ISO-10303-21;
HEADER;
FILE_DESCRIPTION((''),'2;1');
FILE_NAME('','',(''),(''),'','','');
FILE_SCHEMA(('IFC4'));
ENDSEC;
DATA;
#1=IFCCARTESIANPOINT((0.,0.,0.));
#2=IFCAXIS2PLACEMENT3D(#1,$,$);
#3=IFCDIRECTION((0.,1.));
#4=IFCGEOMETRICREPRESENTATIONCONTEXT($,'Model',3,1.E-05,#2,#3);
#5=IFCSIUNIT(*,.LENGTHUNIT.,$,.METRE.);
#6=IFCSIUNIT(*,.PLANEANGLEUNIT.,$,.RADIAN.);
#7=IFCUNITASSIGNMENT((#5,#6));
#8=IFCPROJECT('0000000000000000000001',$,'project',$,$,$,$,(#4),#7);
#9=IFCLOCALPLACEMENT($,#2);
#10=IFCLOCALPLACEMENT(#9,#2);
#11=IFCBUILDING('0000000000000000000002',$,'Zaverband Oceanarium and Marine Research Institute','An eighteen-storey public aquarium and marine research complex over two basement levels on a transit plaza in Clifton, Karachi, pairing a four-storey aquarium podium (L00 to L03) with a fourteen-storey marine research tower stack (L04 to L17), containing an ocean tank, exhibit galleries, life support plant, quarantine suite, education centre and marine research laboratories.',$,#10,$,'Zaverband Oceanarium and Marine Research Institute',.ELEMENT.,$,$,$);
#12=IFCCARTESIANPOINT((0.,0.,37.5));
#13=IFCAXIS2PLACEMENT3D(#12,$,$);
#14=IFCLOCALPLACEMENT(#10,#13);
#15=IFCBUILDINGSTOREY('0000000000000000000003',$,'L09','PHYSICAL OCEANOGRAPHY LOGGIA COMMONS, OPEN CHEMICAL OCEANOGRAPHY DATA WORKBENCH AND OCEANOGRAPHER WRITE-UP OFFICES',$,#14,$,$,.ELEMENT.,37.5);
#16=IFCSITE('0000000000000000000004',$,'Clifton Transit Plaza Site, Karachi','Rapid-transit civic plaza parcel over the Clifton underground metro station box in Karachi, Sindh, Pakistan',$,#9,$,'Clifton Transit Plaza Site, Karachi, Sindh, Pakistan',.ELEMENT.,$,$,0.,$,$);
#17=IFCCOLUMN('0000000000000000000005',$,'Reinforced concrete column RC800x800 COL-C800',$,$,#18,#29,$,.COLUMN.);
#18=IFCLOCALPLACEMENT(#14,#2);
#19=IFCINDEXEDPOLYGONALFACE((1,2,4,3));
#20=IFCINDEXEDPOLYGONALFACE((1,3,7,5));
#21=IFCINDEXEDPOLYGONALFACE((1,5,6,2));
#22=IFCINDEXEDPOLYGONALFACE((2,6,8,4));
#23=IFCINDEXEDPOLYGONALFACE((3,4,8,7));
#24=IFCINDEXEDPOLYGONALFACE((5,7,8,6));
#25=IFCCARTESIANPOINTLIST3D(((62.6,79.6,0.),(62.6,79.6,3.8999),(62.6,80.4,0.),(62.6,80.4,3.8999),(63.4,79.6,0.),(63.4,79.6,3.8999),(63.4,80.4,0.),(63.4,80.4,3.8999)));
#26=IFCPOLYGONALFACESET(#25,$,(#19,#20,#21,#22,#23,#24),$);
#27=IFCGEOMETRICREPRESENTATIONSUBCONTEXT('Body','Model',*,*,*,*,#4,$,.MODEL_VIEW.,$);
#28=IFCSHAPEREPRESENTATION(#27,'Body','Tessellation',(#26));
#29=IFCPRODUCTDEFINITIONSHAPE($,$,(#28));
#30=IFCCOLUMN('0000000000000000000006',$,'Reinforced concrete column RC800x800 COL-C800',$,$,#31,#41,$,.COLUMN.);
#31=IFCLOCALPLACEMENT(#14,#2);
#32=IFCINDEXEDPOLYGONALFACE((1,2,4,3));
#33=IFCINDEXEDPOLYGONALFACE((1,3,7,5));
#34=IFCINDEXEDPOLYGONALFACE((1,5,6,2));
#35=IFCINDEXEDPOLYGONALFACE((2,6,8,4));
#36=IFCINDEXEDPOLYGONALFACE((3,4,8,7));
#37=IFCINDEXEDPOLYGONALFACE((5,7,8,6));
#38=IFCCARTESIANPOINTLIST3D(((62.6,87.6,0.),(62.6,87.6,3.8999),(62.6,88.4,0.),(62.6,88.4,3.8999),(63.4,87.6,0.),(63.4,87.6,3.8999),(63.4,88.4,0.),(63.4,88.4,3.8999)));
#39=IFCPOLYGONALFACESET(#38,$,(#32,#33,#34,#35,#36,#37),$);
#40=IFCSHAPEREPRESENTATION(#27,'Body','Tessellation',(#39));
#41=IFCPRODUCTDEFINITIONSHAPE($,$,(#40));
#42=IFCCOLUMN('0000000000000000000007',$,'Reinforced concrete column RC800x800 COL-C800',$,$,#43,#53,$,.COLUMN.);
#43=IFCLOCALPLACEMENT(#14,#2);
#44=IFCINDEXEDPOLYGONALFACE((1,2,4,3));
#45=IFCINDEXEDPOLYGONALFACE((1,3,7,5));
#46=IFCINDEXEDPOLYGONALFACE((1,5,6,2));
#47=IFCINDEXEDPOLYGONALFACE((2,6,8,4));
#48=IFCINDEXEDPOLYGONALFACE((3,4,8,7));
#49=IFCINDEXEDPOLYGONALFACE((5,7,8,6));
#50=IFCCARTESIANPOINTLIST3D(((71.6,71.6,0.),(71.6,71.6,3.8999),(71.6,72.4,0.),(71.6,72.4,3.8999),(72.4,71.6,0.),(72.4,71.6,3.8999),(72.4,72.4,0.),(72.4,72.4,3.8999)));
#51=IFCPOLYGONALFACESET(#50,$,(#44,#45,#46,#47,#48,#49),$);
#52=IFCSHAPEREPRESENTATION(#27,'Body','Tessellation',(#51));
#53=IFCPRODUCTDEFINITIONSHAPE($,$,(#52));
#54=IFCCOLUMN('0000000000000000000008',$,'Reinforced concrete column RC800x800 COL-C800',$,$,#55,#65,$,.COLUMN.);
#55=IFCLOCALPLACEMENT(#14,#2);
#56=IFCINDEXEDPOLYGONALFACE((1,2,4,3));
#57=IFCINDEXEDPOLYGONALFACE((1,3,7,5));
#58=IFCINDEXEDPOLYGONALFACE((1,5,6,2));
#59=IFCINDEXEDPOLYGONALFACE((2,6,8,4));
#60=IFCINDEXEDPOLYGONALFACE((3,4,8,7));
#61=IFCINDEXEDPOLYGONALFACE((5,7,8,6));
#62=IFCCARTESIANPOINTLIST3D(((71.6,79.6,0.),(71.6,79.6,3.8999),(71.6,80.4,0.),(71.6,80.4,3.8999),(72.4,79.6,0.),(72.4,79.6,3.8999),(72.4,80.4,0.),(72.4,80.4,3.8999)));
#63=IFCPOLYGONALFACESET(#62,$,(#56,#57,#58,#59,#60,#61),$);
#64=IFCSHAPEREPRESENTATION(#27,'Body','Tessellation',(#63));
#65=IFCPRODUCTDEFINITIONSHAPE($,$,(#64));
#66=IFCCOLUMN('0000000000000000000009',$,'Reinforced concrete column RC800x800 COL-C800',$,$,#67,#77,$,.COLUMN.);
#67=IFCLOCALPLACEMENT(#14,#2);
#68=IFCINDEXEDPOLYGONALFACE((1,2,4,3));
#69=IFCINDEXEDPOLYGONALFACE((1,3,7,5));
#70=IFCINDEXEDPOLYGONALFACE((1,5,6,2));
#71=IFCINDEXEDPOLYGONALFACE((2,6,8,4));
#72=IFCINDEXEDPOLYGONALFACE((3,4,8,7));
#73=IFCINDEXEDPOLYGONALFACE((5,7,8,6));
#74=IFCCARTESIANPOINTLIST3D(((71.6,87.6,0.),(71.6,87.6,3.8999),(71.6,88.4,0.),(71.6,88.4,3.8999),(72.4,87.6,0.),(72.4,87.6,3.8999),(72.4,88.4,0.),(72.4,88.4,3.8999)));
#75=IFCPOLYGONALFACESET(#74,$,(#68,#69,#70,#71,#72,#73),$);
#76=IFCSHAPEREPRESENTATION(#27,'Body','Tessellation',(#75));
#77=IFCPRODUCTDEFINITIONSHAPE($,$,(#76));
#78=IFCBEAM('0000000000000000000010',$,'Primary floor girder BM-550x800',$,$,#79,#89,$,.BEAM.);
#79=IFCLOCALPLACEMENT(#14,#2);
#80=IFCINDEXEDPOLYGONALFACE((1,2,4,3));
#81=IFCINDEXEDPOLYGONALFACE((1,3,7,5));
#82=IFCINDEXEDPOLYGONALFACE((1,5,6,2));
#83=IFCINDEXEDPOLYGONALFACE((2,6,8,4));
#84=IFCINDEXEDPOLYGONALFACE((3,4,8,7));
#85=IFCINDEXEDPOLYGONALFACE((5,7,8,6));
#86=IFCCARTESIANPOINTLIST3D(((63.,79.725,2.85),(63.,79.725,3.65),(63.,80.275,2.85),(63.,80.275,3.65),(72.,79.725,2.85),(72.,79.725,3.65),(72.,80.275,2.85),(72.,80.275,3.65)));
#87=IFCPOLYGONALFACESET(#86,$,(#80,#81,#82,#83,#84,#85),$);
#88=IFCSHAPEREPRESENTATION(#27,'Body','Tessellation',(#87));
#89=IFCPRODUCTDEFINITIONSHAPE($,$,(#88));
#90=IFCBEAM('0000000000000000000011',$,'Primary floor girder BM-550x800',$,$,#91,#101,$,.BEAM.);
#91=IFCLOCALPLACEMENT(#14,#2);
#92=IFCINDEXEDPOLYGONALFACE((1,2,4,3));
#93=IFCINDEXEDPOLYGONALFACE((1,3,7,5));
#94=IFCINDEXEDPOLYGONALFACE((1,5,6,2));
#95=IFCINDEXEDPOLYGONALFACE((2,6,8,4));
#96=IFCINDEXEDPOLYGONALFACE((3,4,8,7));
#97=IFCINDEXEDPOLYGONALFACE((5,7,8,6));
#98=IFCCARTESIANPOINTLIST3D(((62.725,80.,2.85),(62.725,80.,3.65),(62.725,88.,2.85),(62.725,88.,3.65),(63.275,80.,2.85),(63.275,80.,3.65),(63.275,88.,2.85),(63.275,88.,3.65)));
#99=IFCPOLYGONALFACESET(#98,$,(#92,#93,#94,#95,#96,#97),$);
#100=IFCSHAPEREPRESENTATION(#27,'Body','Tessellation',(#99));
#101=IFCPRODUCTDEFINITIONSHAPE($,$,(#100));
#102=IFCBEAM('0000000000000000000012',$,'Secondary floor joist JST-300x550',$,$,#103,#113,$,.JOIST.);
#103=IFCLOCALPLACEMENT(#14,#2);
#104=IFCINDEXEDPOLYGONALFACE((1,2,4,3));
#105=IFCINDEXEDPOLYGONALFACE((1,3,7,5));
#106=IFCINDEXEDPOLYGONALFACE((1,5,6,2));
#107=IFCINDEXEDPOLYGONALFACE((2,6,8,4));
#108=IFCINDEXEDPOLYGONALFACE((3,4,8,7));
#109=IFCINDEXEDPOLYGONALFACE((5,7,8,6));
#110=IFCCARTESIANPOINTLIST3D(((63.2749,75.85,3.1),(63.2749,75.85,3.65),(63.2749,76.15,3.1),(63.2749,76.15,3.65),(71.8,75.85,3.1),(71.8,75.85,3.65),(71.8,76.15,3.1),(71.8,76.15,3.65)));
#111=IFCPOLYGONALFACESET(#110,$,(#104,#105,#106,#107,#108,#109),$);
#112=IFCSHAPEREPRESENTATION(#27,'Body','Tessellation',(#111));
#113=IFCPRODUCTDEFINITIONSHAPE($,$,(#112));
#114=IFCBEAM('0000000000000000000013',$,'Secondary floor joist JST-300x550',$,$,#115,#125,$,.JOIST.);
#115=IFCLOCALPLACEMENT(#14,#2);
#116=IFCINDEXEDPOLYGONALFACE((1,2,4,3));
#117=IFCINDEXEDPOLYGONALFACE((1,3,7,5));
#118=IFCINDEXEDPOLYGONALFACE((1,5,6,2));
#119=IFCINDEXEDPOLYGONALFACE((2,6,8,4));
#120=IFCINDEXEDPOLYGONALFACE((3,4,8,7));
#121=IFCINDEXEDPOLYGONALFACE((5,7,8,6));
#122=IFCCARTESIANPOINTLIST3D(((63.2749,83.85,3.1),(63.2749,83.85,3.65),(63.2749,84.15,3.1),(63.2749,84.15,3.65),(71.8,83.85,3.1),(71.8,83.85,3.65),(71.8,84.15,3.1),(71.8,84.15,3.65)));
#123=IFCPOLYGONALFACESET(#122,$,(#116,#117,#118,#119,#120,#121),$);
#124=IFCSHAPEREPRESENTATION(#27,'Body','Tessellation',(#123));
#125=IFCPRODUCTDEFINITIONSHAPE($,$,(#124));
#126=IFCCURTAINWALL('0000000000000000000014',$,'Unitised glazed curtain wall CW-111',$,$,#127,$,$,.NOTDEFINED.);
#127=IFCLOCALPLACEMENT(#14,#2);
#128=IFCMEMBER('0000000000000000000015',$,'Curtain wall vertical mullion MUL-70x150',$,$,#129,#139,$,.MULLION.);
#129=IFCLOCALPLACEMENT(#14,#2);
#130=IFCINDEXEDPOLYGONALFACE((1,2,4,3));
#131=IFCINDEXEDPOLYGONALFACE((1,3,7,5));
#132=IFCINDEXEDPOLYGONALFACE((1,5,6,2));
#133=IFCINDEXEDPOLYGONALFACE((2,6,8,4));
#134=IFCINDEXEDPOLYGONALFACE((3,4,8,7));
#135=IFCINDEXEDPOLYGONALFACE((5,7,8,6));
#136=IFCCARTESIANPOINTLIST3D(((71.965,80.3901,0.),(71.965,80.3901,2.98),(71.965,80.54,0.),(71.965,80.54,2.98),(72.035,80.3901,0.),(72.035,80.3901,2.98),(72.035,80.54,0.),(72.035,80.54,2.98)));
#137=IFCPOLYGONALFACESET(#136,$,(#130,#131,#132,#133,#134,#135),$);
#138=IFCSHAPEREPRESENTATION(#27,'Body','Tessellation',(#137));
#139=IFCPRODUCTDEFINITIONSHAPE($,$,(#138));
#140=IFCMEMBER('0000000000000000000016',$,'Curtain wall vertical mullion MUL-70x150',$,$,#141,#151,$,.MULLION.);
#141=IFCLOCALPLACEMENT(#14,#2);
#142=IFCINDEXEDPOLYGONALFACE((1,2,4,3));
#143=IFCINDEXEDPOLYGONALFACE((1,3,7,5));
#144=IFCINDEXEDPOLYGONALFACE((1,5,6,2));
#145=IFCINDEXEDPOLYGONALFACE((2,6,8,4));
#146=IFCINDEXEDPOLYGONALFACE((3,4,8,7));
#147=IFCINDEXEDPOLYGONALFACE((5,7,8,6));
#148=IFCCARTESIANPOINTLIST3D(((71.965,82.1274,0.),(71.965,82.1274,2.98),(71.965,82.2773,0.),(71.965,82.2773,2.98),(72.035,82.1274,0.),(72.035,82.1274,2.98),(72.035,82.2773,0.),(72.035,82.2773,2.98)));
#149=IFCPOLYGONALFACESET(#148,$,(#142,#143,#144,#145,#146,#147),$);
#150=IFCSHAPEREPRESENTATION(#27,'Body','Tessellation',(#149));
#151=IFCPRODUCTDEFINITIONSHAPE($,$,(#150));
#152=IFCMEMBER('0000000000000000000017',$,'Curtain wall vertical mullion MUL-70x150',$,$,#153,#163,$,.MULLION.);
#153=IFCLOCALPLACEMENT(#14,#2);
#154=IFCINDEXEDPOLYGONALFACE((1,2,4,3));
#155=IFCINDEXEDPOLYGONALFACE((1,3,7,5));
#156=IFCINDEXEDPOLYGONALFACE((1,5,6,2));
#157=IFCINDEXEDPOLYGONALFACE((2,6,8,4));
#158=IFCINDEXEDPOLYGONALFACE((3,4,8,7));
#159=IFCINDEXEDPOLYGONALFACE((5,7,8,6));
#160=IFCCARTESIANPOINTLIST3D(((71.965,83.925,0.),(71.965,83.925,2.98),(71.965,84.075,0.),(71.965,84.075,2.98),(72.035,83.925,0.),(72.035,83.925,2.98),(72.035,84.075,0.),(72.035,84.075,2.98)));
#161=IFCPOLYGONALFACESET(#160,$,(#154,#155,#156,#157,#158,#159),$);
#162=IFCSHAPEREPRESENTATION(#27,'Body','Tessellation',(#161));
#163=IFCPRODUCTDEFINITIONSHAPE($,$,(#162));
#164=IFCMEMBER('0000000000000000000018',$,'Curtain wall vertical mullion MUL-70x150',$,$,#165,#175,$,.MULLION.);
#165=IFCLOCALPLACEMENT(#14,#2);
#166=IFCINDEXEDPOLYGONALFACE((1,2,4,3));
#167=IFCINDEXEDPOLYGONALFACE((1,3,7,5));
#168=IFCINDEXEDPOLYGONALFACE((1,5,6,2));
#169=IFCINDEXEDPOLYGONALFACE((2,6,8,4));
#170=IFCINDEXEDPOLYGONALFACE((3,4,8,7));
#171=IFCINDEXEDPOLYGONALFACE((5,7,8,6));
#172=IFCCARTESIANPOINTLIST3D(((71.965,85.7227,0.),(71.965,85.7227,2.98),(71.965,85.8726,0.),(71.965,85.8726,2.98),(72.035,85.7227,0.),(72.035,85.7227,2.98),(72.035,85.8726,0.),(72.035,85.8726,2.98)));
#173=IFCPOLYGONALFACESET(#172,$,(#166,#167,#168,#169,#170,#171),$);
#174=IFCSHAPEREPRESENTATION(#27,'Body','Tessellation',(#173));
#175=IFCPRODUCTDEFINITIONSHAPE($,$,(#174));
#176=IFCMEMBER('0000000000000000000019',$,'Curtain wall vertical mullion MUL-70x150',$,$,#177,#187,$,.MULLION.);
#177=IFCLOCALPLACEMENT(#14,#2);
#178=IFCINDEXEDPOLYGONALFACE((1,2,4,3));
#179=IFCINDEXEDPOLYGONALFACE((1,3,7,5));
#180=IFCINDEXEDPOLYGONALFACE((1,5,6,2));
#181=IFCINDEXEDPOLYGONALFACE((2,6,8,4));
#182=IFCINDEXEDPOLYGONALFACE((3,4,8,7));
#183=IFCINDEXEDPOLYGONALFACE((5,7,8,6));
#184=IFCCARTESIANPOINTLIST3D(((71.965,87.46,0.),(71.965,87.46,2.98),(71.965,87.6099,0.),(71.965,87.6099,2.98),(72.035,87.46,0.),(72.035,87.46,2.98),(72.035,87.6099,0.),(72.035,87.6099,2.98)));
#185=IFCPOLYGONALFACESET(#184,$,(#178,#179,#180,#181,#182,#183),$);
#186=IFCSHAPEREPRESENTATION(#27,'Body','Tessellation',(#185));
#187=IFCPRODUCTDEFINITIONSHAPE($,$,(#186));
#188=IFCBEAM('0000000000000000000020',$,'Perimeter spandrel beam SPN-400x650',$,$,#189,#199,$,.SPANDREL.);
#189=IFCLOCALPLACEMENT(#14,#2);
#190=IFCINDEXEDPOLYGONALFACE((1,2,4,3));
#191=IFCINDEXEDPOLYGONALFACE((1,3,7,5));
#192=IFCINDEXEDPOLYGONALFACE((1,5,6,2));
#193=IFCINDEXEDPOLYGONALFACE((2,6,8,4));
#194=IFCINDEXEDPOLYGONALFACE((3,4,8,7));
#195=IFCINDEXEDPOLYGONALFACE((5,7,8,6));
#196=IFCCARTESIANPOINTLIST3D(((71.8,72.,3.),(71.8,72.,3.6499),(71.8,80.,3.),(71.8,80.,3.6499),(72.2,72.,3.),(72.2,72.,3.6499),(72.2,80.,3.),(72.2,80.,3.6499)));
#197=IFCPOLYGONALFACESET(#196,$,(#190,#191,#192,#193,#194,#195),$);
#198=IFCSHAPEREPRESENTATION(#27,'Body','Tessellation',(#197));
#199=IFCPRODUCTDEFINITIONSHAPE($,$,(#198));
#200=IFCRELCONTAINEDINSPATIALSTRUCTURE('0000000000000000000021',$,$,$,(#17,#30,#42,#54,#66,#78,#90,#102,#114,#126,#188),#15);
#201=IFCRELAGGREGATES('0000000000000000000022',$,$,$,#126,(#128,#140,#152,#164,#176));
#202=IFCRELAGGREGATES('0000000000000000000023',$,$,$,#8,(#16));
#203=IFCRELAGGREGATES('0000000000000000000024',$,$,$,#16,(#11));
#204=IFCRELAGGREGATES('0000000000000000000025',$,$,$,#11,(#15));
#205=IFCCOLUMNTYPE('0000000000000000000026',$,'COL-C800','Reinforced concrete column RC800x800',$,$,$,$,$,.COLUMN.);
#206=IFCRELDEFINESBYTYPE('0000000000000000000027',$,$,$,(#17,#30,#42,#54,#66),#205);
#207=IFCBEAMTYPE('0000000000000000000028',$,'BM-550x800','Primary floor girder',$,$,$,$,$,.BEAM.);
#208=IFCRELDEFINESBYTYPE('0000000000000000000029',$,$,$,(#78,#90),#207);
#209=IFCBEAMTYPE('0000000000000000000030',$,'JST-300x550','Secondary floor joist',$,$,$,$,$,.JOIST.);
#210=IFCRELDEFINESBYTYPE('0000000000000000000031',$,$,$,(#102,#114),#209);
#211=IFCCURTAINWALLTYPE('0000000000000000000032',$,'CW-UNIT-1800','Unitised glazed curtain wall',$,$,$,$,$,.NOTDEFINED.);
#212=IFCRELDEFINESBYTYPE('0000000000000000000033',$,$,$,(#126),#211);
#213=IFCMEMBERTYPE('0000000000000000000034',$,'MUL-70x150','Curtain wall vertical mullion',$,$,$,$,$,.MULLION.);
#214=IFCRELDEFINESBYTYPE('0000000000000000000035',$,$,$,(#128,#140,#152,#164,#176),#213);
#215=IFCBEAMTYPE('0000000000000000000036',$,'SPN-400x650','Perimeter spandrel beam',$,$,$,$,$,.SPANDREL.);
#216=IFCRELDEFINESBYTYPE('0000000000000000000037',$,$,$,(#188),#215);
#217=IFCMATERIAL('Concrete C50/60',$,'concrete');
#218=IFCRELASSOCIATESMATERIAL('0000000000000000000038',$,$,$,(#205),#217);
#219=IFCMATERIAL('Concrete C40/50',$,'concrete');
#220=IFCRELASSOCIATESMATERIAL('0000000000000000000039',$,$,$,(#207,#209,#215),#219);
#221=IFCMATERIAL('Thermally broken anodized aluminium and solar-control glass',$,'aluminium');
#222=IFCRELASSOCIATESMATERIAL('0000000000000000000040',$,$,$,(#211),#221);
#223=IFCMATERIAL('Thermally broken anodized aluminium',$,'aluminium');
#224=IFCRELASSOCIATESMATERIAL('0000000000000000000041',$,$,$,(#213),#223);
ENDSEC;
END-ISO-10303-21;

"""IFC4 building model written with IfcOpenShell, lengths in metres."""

from ifc_helpers import new_model, si_unit, direction, frame, origin, origin_2d, place, context, subcontext, project, spatial, rectangle, extrude, material, material_profile, profile_set, type_object, element, aggregate, save


model = new_model("IFC4")

# Units and contexts
model_context = context("Model", 3, precision=1e-05, world=origin(), true_north=direction((0.0, 1.0)))
body_context = subcontext(model_context, "Body", "Model", "MODEL_VIEW")
ifc_project = project(units=[si_unit("LENGTHUNIT", "METRE"), si_unit("PLANEANGLEUNIT", "RADIAN")], contexts=[model_context])

# Site, building, storey
site_placement = place(None, origin())
site = spatial("IfcSite", under=ifc_project, at=site_placement, Name="Clifton Transit Plaza Site, Karachi", Description="Rapid-transit civic plaza parcel over the Clifton underground metro station box in Karachi, Sindh, Pakistan", LongName="Clifton Transit Plaza Site, Karachi, Sindh, Pakistan", CompositionType="ELEMENT", RefElevation=0.0)
building_placement = place(site_placement, origin())
building = spatial("IfcBuilding", under=site, at=building_placement, Name="Zaverband Oceanarium and Marine Research Institute", Description="An eighteen-storey public aquarium and marine research complex over two basement levels on a transit plaza in Clifton, Karachi, pairing a four-storey aquarium podium (L00 to L03) with a fourteen-storey marine research tower stack (L04 to L17), containing an ocean tank, exhibit galleries, life support plant, quarantine suite, education centre and marine research laboratories.", LongName="Zaverband Oceanarium and Marine Research Institute", CompositionType="ELEMENT")
storey_placement = place(building_placement, frame((0.0, 0.0, 37.5)))
storey = spatial("IfcBuildingStorey", under=building, at=storey_placement, Name="L09", Description="PHYSICAL OCEANOGRAPHY LOGGIA COMMONS, OPEN CHEMICAL OCEANOGRAPHY DATA WORKBENCH AND OCEANOGRAPHER WRITE-UP OFFICES", CompositionType="ELEMENT", Elevation=37.5)

# Columns
ifc_material_1 = material(Name="Concrete C50/60", Category="concrete")
ifc_material_profile_1 = material_profile(ifc_material_1, rectangle(XDim=0.8, YDim=0.8, at=origin_2d()), Name="RC800x800")
ifc_profile_set_1 = profile_set([ifc_material_profile_1], Name="Concrete C50/60")
column_type = type_object("IfcColumnType", Name="COL-C800", Description="Reinforced concrete column RC800x800", PredefinedType="COLUMN", material=ifc_profile_set_1)
for number, where, z_axis, x_axis, name in (
    (1, (63.0, 80.0, 0.0), (0.0, 0.0, 1.0), (1.0, 0.0, 0.0), "Reinforced concrete column RC800x800 COL-C800"),
    (2, (63.0, 88.0, 0.0), (0.0, 0.0, 1.0), (1.0, 0.0, 0.0), "Reinforced concrete column RC800x800 COL-C800"),
    (3, (72.0, 72.0, 0.0), (0.0, 0.0, 1.0), (1.0, 0.0, 0.0), "Reinforced concrete column RC800x800 COL-C800"),
    (4, (72.0, 80.0, 0.0), (0.0, 0.0, 1.0), (1.0, 0.0, 0.0), "Reinforced concrete column RC800x800 COL-C800"),
    (5, (72.0, 88.0, 0.0), (0.0, 0.0, 1.0), (1.0, 0.0, 0.0), "Reinforced concrete column RC800x800 COL-C800"),
):
    element("IfcColumn", number, at=place(storey_placement, frame(where, z_axis=z_axis, x_axis=x_axis)), inside=storey, type_object=column_type, Name=name, PredefinedType="COLUMN", context=body_context, shape_type="SweptSolid", body=[
        extrude(rectangle(XDim=0.8, YDim=0.8, at=origin_2d()), origin(), (0.0, 0.0, 1.0), 3.8999),
    ])

# Beams
ifc_material_2 = material(Name="Concrete C40/50", Category="concrete")
ifc_material_profile_2 = material_profile(ifc_material_2, rectangle(XDim=0.55, YDim=0.8, at=origin_2d()), Name="RC550x800")
ifc_profile_set_2 = profile_set([ifc_material_profile_2], Name="Concrete C40/50")
beam_type_1 = type_object("IfcBeamType", Name="BM-550x800", Description="Primary floor girder", PredefinedType="BEAM", material=ifc_profile_set_2)
beam_1_placement = place(storey_placement, frame((63.0, 80.0, 3.25), z_axis=(1.0, 0.0, 0.0), x_axis=(0.0, 1.0, 0.0)))
element("IfcBeam", 6, at=beam_1_placement, inside=storey, type_object=beam_type_1, Name="Primary floor girder BM-550x800", PredefinedType="BEAM", context=body_context, shape_type="SweptSolid", body=[
    extrude(rectangle(XDim=0.55, YDim=0.8, at=origin_2d()), origin(), (0.0, 0.0, 1.0), 9.0),
])
beam_2_placement = place(storey_placement, frame((63.0, 80.0, 3.25), z_axis=(0.0, 1.0, 0.0), x_axis=(-1.0, 0.0, 0.0)))
element("IfcBeam", 7, at=beam_2_placement, inside=storey, type_object=beam_type_1, Name="Primary floor girder BM-550x800", PredefinedType="BEAM", context=body_context, shape_type="SweptSolid", body=[
    extrude(rectangle(XDim=0.55, YDim=0.8, at=origin_2d()), origin(), (0.0, 0.0, 1.0), 8.0),
])
ifc_material_profile_3 = material_profile(ifc_material_2, rectangle(XDim=0.3, YDim=0.55, at=origin_2d()), Name="RC300x550")
ifc_profile_set_3 = profile_set([ifc_material_profile_3], Name="Concrete C40/50")
beam_type_2 = type_object("IfcBeamType", Name="JST-300x550", Description="Secondary floor joist", PredefinedType="JOIST", material=ifc_profile_set_3)
for number, where, z_axis, x_axis, name in (
    (8, (63.2749, 76.0, 3.375), (1.0, 0.0, 0.0), (0.0, 1.0, 0.0), "Secondary floor joist JST-300x550"),
    (9, (63.2749, 84.0, 3.375), (1.0, 0.0, 0.0), (0.0, 1.0, 0.0), "Secondary floor joist JST-300x550"),
):
    element("IfcBeam", number, at=place(storey_placement, frame(where, z_axis=z_axis, x_axis=x_axis)), inside=storey, type_object=beam_type_2, Name=name, PredefinedType="JOIST", context=body_context, shape_type="SweptSolid", body=[
        extrude(rectangle(XDim=0.3, YDim=0.55, at=origin_2d()), origin(), (0.0, 0.0, 1.0), 8.5251),
    ])

# Curtain wall, members
ifc_material_3 = material(Name="Thermally broken anodized aluminium and solar-control glass", Category="aluminium")
curtain_wall_type = type_object("IfcCurtainWallType", Name="CW-UNIT-1800", Description="Unitised glazed curtain wall", PredefinedType="NOTDEFINED", material=ifc_material_3)
curtain_wall_placement = place(storey_placement, origin())
curtain_wall = element("IfcCurtainWall", 10, at=curtain_wall_placement, inside=storey, type_object=curtain_wall_type, Name="Unitised glazed curtain wall CW-111", PredefinedType="NOTDEFINED")
ifc_material_4 = material(Name="Thermally broken anodized aluminium", Category="aluminium")
ifc_material_profile_4 = material_profile(ifc_material_4, rectangle(XDim=0.0701, YDim=0.1499, at=origin_2d()), Name="AL-MUL-70x150")
ifc_profile_set_4 = profile_set([ifc_material_profile_4], Name="Thermally broken anodized aluminium")
member_type_1 = type_object("IfcMemberType", Name="MUL-70x150", Description="Curtain wall vertical mullion", PredefinedType="MULLION", material=ifc_profile_set_4)
member_1_placement = place(storey_placement, frame((72.0, 80.4651, 0.0), z_axis=(0.0, 0.0, 1.0), x_axis=(1.0, 0.0, 0.0)))
member_1 = element("IfcMember", 11, at=member_1_placement, type_object=member_type_1, Name="Curtain wall vertical mullion MUL-70x150", PredefinedType="MULLION", context=body_context, shape_type="SweptSolid", body=[
    extrude(rectangle(XDim=0.0701, YDim=0.1499, at=origin_2d()), origin(), (0.0, 0.0, 1.0), 2.98),
])
member_2_placement = place(storey_placement, frame((72.0, 82.2024, 0.0), z_axis=(0.0, 0.0, 1.0), x_axis=(1.0, 0.0, 0.0)))
member_2 = element("IfcMember", 12, at=member_2_placement, type_object=member_type_1, Name="Curtain wall vertical mullion MUL-70x150", PredefinedType="MULLION", context=body_context, shape_type="SweptSolid", body=[
    extrude(rectangle(XDim=0.0701, YDim=0.1499, at=origin_2d()), origin(), (0.0, 0.0, 1.0), 2.98),
])
member_3_placement = place(storey_placement, frame((72.0, 84.0, 0.0), z_axis=(0.0, 0.0, 1.0), x_axis=(1.0, 0.0, 0.0)))
member_3 = element("IfcMember", 13, at=member_3_placement, type_object=member_type_1, Name="Curtain wall vertical mullion MUL-70x150", PredefinedType="MULLION", context=body_context, shape_type="SweptSolid", body=[
    extrude(rectangle(XDim=0.0701, YDim=0.1499, at=origin_2d()), origin(), (0.0, 0.0, 1.0), 2.98),
])
member_4_placement = place(storey_placement, frame((72.0, 85.7976, 0.0), z_axis=(0.0, 0.0, 1.0), x_axis=(1.0, 0.0, 0.0)))
member_4 = element("IfcMember", 14, at=member_4_placement, type_object=member_type_1, Name="Curtain wall vertical mullion MUL-70x150", PredefinedType="MULLION", context=body_context, shape_type="SweptSolid", body=[
    extrude(rectangle(XDim=0.0701, YDim=0.1499, at=origin_2d()), origin(), (0.0, 0.0, 1.0), 2.98),
])
member_5_placement = place(storey_placement, frame((72.0, 87.5349, 0.0), z_axis=(0.0, 0.0, 1.0), x_axis=(1.0, 0.0, 0.0)))
member_5 = element("IfcMember", 15, at=member_5_placement, type_object=member_type_1, Name="Curtain wall vertical mullion MUL-70x150", PredefinedType="MULLION", context=body_context, shape_type="SweptSolid", body=[
    extrude(rectangle(XDim=0.0701, YDim=0.1499, at=origin_2d()), origin(), (0.0, 0.0, 1.0), 2.98),
])

# Beam
ifc_material_profile_5 = material_profile(ifc_material_2, rectangle(XDim=0.3999, YDim=0.6499, at=origin_2d()), Name="RC400x650")
ifc_profile_set_5 = profile_set([ifc_material_profile_5], Name="Concrete C40/50")
beam_type_3 = type_object("IfcBeamType", Name="SPN-400x650", Description="Perimeter spandrel beam", PredefinedType="SPANDREL", material=ifc_profile_set_5)
for number, where, z_axis, x_axis, name in (
    (16, (72.0, 72.0, 3.325), (0.0, 1.0, 0.0), (-1.0, 0.0, 0.0), "Perimeter spandrel beam SPN-400x650"),
):
    element("IfcBeam", number, at=place(storey_placement, frame(where, z_axis=z_axis, x_axis=x_axis)), inside=storey, type_object=beam_type_3, Name=name, PredefinedType="SPANDREL", context=body_context, shape_type="SweptSolid", body=[
        extrude(rectangle(XDim=0.3999, YDim=0.6499, at=origin_2d()), origin(), (0.0, 0.0, 1.0), 8.0),
    ])

aggregate(curtain_wall, [member_1, member_2, member_3, member_4, member_5])

save(model, "model.ifc")
